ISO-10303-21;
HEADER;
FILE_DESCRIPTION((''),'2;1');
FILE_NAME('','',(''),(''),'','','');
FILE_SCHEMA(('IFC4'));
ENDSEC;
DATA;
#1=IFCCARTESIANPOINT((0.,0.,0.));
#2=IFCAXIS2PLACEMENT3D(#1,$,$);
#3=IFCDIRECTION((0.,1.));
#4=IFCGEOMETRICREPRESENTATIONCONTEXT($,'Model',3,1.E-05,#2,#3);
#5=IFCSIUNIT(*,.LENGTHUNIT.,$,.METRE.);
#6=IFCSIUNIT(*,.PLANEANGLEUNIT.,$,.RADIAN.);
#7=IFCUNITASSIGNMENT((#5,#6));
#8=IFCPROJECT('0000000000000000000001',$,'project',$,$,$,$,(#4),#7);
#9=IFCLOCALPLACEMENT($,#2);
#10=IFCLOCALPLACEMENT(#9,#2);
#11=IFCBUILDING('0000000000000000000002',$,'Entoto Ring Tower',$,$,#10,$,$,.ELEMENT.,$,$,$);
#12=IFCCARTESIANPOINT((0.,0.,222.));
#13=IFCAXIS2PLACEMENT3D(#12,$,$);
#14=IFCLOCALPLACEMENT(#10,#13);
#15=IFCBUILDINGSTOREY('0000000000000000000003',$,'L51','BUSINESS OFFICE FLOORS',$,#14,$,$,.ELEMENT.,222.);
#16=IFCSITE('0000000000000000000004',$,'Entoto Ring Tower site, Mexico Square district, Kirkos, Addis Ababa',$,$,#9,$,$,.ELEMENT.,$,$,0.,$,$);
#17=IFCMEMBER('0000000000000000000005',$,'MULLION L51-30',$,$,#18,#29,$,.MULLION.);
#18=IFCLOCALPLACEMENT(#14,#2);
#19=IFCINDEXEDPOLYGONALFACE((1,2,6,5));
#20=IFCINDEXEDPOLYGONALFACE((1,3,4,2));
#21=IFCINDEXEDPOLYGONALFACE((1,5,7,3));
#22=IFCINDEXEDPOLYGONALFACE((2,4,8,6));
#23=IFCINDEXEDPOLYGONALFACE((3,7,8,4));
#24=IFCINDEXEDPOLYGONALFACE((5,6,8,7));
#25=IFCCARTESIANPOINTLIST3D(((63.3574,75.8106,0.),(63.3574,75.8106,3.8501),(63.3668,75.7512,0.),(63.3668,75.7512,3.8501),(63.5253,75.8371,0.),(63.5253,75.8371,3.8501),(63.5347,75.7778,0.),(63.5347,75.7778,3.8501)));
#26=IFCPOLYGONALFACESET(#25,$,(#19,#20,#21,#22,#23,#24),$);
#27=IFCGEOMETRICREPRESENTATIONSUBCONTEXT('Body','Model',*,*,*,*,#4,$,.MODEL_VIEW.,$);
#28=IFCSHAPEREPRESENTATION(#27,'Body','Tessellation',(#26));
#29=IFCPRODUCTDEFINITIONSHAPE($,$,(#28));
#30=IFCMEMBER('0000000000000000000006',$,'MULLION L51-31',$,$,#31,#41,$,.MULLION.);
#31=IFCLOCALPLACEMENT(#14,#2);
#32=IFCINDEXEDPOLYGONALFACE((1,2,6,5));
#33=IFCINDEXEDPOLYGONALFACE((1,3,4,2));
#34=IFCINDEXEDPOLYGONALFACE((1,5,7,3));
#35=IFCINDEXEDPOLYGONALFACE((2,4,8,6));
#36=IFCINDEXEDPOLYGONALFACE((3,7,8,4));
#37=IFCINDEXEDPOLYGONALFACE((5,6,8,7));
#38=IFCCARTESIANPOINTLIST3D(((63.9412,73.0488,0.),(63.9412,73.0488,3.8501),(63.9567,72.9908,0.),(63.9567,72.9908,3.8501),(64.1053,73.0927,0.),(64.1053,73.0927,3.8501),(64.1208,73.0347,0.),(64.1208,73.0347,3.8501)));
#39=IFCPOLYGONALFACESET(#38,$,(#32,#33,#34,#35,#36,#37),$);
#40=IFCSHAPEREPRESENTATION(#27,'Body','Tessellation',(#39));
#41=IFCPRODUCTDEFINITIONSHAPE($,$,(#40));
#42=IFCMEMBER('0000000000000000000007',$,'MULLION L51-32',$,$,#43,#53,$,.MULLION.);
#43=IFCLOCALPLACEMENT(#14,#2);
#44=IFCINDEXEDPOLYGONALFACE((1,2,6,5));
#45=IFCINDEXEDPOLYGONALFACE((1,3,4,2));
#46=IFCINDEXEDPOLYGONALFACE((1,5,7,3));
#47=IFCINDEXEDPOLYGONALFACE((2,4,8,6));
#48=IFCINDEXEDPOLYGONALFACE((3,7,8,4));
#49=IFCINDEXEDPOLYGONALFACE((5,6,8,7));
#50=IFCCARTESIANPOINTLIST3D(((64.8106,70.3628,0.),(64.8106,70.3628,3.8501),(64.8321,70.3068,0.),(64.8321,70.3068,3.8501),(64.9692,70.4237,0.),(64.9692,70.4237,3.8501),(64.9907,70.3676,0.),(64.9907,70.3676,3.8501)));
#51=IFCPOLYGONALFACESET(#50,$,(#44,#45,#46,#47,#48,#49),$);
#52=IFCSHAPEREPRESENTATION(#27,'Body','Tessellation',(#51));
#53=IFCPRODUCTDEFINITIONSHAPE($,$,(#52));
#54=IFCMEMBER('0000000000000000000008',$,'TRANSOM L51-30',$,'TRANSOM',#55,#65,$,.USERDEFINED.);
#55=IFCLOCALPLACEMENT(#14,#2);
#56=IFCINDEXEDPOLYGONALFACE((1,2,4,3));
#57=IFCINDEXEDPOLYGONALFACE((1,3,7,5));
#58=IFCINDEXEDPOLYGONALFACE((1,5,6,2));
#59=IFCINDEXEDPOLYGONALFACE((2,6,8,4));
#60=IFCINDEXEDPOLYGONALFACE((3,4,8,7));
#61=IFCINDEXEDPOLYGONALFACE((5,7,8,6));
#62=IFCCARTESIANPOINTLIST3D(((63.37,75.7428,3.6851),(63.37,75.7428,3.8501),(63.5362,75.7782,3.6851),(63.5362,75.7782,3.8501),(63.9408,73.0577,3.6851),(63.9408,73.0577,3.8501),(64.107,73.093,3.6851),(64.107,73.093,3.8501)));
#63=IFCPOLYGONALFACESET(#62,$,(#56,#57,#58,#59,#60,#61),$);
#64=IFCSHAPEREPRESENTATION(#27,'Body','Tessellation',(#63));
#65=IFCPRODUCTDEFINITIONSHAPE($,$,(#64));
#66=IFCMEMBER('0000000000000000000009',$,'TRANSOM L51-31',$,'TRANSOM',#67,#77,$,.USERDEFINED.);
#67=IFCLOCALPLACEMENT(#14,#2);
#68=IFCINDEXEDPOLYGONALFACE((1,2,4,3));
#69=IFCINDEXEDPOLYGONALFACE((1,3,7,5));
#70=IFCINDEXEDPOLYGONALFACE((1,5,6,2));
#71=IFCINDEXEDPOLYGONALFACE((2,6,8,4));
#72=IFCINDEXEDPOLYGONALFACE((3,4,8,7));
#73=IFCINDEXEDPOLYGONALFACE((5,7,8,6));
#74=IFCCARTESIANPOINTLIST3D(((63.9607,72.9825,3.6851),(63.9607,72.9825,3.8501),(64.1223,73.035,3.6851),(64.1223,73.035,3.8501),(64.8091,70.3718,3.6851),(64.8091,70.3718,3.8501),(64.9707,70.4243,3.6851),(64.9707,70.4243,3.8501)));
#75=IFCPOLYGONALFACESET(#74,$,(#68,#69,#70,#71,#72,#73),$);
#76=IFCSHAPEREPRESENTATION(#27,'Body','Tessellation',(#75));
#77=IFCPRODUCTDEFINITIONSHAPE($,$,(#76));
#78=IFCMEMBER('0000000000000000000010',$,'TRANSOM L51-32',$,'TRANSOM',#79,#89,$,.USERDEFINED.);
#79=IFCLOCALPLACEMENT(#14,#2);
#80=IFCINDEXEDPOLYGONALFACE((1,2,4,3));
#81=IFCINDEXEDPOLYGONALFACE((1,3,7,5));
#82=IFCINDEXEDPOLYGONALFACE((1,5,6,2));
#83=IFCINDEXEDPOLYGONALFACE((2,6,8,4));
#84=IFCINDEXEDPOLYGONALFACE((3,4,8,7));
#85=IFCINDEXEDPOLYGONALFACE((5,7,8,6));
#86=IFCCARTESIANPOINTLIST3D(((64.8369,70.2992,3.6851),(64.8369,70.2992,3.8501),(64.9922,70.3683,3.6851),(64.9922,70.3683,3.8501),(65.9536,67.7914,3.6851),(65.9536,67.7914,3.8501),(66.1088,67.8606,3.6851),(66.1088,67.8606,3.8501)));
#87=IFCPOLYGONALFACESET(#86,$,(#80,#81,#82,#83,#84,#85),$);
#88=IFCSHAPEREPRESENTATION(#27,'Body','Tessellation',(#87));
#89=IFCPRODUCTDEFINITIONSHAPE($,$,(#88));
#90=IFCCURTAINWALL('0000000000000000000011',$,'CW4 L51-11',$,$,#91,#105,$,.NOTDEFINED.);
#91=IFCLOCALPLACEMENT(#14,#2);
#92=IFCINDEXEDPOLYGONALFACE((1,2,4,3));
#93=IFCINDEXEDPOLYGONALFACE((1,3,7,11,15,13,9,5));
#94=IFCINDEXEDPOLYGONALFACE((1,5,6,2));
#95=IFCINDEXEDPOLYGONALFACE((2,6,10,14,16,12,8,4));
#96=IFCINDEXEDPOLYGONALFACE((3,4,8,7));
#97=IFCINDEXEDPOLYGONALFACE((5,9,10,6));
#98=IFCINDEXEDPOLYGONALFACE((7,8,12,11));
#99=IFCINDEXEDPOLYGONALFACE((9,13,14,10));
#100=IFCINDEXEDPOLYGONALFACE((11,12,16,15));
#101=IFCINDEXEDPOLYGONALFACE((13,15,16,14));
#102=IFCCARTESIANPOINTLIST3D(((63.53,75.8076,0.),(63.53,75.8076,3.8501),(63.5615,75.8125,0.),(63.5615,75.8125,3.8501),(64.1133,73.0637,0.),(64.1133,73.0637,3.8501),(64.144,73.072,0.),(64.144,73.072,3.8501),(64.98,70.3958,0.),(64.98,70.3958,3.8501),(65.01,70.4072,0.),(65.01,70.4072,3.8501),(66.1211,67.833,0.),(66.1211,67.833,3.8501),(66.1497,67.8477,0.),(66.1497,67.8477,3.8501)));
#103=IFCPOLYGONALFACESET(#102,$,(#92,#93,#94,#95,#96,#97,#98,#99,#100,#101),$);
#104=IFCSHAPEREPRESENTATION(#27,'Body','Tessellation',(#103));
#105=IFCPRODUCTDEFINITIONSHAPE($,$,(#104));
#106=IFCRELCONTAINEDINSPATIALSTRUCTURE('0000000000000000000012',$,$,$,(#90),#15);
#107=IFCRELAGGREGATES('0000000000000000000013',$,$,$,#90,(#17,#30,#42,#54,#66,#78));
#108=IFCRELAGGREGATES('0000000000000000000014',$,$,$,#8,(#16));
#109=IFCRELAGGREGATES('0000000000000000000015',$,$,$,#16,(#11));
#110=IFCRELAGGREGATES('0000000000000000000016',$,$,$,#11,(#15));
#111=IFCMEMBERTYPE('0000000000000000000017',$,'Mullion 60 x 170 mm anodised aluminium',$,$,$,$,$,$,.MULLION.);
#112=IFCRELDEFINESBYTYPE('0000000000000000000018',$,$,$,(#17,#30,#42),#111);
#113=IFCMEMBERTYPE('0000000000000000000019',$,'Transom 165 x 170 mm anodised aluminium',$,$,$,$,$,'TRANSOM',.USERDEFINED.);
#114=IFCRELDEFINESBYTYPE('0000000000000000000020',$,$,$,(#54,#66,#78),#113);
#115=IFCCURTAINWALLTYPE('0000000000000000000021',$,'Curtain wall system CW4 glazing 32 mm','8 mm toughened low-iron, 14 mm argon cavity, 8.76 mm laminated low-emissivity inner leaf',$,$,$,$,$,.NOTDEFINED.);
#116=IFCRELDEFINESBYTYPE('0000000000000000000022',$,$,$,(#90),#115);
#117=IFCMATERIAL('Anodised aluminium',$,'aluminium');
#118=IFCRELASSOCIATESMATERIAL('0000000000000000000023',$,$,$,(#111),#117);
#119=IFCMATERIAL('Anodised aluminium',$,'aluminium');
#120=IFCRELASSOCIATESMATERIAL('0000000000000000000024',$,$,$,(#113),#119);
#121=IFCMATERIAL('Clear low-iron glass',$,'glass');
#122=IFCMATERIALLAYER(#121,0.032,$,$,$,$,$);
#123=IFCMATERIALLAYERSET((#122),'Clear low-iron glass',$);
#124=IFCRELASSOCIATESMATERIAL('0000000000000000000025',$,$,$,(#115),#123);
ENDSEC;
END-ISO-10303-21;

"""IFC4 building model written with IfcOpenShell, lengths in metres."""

from ifc_helpers import new_model, si_unit, direction, frame, origin, origin_2d, place, context, subcontext, project, spatial, polyline, rectangle, outline, extrude, material, layer, layer_set, material_profile, profile_set, type_object, element, aggregate, save


model = new_model("IFC4")

# Units and contexts
model_context = context("Model", 3, precision=1e-05, world=origin(), true_north=direction((0.0, 1.0)))
body_context = subcontext(model_context, "Body", "Model", "MODEL_VIEW")
ifc_project = project(units=[si_unit("LENGTHUNIT", "METRE"), si_unit("PLANEANGLEUNIT", "RADIAN")], contexts=[model_context])

# Members
ifc_material_1 = material(Name="Anodised aluminium", Category="aluminium")
ifc_material_profile_1 = material_profile(ifc_material_1, rectangle(XDim=0.0601, YDim=0.1699, at=origin_2d()), Name="Mullion 60 x 170 mm anodised aluminium")
ifc_profile_set_1 = profile_set([ifc_material_profile_1], Name="Anodised aluminium")
member_type_1 = type_object("IfcMemberType", Name="Mullion 60 x 170 mm anodised aluminium", PredefinedType="MULLION", material=ifc_profile_set_1)
site_placement = place(None, origin())
building_placement = place(site_placement, origin())
storey_placement = place(building_placement, frame((0.0, 0.0, 222.0)))
member_1_placement = place(storey_placement, frame((63.446, 75.7942, 0.0), z_axis=(0.0, 0.0, 1.0), x_axis=(0.156434, -0.987688, 0.0)))
member_1 = element("IfcMember", 1, at=member_1_placement, type_object=member_type_1, Name="MULLION L51-30", PredefinedType="MULLION", context=body_context, shape_type="SweptSolid", body=[
    extrude(rectangle(XDim=0.0601, YDim=0.1699, at=origin_2d()), origin(), (0.0, 0.0, 1.0), 3.8501),
])
member_2_placement = place(storey_placement, frame((64.031, 73.0417, 0.0), z_axis=(0.0, 0.0, 1.0), x_axis=(0.258819, -0.965926, 0.0)))
member_2 = element("IfcMember", 2, at=member_2_placement, type_object=member_type_1, Name="MULLION L51-31", PredefinedType="MULLION", context=body_context, shape_type="SweptSolid", body=[
    extrude(rectangle(XDim=0.0601, YDim=0.1699, at=origin_2d()), origin(), (0.0, 0.0, 1.0), 3.8501),
])
member_3_placement = place(storey_placement, frame((64.9006, 70.3652, 0.0), z_axis=(0.0, 0.0, 1.0), x_axis=(0.358368, -0.93358, 0.0)))
member_3 = element("IfcMember", 3, at=member_3_placement, type_object=member_type_1, Name="MULLION L51-32", PredefinedType="MULLION", context=body_context, shape_type="SweptSolid", body=[
    extrude(rectangle(XDim=0.0601, YDim=0.1699, at=origin_2d()), origin(), (0.0, 0.0, 1.0), 3.8501),
])
ifc_material_2 = material(Name="Anodised aluminium", Category="aluminium")
ifc_material_profile_2 = material_profile(ifc_material_2, rectangle(XDim=0.1699, YDim=0.165, at=origin_2d()), Name="Transom 165 x 170 mm anodised aluminium")
ifc_profile_set_2 = profile_set([ifc_material_profile_2], Name="Anodised aluminium")
member_type_2 = type_object("IfcMemberType", Name="Transom 165 x 170 mm anodised aluminium", ElementType="TRANSOM", PredefinedType="USERDEFINED", material=ifc_profile_set_2)
member_4_placement = place(storey_placement, frame((63.4531, 75.7605, 3.7676), z_axis=(0.207937, -0.978142, 0.0), x_axis=(0.978142, 0.207937, 0.0)))
member_4 = element("IfcMember", 4, at=member_4_placement, type_object=member_type_2, Name="TRANSOM L51-30", ObjectType="TRANSOM", PredefinedType="USERDEFINED", context=body_context, shape_type="SweptSolid", body=[
    extrude(rectangle(XDim=0.1699, YDim=0.165, at=origin_2d()), origin(), (0.0, 0.0, 1.0), 2.7451),
])
member_5_placement = place(storey_placement, frame((64.0415, 73.0088, 3.7676), z_axis=(0.309042, -0.951048, 0.0), x_axis=(0.951048, 0.309042, 0.0)))
member_5 = element("IfcMember", 5, at=member_5_placement, type_object=member_type_2, Name="TRANSOM L51-31", ObjectType="TRANSOM", PredefinedType="USERDEFINED", context=body_context, shape_type="SweptSolid", body=[
    extrude(rectangle(XDim=0.1699, YDim=0.165, at=origin_2d()), origin(), (0.0, 0.0, 1.0), 2.7451),
])
member_6_placement = place(storey_placement, frame((64.9146, 70.3337, 3.7676), z_axis=(0.406782, -0.913525, 0.0), x_axis=(0.913525, 0.406782, 0.0)))
member_6 = element("IfcMember", 6, at=member_6_placement, type_object=member_type_2, Name="TRANSOM L51-32", ObjectType="TRANSOM", PredefinedType="USERDEFINED", context=body_context, shape_type="SweptSolid", body=[
    extrude(rectangle(XDim=0.1699, YDim=0.165, at=origin_2d()), origin(), (0.0, 0.0, 1.0), 2.7451),
])

# Site, building, storey
site = spatial("IfcSite", under=ifc_project, at=site_placement, Name="Entoto Ring Tower site, Mexico Square district, Kirkos, Addis Ababa", CompositionType="ELEMENT", RefElevation=0.0)
building = spatial("IfcBuilding", under=site, at=building_placement, Name="Entoto Ring Tower", CompositionType="ELEMENT")
storey = spatial("IfcBuildingStorey", under=building, at=storey_placement, Name="L51", Description="BUSINESS OFFICE FLOORS", CompositionType="ELEMENT", Elevation=222.0)

# Curtain wall
ifc_material_3 = material(Name="Clear low-iron glass", Category="glass")
ifc_layer = layer(ifc_material_3, 0.032)
ifc_layer_set = layer_set([ifc_layer], Name="Clear low-iron glass")
curtain_wall_type = type_object("IfcCurtainWallType", Name="Curtain wall system CW4 glazing 32 mm", Description="8 mm toughened low-iron, 14 mm argon cavity, 8.76 mm laminated low-emissivity inner leaf", PredefinedType="NOTDEFINED", material=ifc_layer_set)
curtain_wall_1_placement = place(storey_placement, origin())
curtain_wall_1 = element("IfcCurtainWall", 7, at=curtain_wall_1_placement, inside=storey, type_object=curtain_wall_type, Name="CW4 L51-11", PredefinedType="NOTDEFINED", context=body_context, shape_type="SweptSolid", body=[
    extrude(outline(polyline([(63.53, 75.8076), (64.1133, 73.0637), (64.98, 70.3958), (66.1211, 67.833), (66.1497, 67.8477), (65.01, 70.4072), (64.144, 73.072), (63.5615, 75.8125), (63.53, 75.8076)])), origin(), (0.0, 0.0, 1.0), 3.8501),
])
aggregate(curtain_wall_1, [member_1, member_2, member_3, member_4, member_5, member_6])

save(model, "model.ifc")
